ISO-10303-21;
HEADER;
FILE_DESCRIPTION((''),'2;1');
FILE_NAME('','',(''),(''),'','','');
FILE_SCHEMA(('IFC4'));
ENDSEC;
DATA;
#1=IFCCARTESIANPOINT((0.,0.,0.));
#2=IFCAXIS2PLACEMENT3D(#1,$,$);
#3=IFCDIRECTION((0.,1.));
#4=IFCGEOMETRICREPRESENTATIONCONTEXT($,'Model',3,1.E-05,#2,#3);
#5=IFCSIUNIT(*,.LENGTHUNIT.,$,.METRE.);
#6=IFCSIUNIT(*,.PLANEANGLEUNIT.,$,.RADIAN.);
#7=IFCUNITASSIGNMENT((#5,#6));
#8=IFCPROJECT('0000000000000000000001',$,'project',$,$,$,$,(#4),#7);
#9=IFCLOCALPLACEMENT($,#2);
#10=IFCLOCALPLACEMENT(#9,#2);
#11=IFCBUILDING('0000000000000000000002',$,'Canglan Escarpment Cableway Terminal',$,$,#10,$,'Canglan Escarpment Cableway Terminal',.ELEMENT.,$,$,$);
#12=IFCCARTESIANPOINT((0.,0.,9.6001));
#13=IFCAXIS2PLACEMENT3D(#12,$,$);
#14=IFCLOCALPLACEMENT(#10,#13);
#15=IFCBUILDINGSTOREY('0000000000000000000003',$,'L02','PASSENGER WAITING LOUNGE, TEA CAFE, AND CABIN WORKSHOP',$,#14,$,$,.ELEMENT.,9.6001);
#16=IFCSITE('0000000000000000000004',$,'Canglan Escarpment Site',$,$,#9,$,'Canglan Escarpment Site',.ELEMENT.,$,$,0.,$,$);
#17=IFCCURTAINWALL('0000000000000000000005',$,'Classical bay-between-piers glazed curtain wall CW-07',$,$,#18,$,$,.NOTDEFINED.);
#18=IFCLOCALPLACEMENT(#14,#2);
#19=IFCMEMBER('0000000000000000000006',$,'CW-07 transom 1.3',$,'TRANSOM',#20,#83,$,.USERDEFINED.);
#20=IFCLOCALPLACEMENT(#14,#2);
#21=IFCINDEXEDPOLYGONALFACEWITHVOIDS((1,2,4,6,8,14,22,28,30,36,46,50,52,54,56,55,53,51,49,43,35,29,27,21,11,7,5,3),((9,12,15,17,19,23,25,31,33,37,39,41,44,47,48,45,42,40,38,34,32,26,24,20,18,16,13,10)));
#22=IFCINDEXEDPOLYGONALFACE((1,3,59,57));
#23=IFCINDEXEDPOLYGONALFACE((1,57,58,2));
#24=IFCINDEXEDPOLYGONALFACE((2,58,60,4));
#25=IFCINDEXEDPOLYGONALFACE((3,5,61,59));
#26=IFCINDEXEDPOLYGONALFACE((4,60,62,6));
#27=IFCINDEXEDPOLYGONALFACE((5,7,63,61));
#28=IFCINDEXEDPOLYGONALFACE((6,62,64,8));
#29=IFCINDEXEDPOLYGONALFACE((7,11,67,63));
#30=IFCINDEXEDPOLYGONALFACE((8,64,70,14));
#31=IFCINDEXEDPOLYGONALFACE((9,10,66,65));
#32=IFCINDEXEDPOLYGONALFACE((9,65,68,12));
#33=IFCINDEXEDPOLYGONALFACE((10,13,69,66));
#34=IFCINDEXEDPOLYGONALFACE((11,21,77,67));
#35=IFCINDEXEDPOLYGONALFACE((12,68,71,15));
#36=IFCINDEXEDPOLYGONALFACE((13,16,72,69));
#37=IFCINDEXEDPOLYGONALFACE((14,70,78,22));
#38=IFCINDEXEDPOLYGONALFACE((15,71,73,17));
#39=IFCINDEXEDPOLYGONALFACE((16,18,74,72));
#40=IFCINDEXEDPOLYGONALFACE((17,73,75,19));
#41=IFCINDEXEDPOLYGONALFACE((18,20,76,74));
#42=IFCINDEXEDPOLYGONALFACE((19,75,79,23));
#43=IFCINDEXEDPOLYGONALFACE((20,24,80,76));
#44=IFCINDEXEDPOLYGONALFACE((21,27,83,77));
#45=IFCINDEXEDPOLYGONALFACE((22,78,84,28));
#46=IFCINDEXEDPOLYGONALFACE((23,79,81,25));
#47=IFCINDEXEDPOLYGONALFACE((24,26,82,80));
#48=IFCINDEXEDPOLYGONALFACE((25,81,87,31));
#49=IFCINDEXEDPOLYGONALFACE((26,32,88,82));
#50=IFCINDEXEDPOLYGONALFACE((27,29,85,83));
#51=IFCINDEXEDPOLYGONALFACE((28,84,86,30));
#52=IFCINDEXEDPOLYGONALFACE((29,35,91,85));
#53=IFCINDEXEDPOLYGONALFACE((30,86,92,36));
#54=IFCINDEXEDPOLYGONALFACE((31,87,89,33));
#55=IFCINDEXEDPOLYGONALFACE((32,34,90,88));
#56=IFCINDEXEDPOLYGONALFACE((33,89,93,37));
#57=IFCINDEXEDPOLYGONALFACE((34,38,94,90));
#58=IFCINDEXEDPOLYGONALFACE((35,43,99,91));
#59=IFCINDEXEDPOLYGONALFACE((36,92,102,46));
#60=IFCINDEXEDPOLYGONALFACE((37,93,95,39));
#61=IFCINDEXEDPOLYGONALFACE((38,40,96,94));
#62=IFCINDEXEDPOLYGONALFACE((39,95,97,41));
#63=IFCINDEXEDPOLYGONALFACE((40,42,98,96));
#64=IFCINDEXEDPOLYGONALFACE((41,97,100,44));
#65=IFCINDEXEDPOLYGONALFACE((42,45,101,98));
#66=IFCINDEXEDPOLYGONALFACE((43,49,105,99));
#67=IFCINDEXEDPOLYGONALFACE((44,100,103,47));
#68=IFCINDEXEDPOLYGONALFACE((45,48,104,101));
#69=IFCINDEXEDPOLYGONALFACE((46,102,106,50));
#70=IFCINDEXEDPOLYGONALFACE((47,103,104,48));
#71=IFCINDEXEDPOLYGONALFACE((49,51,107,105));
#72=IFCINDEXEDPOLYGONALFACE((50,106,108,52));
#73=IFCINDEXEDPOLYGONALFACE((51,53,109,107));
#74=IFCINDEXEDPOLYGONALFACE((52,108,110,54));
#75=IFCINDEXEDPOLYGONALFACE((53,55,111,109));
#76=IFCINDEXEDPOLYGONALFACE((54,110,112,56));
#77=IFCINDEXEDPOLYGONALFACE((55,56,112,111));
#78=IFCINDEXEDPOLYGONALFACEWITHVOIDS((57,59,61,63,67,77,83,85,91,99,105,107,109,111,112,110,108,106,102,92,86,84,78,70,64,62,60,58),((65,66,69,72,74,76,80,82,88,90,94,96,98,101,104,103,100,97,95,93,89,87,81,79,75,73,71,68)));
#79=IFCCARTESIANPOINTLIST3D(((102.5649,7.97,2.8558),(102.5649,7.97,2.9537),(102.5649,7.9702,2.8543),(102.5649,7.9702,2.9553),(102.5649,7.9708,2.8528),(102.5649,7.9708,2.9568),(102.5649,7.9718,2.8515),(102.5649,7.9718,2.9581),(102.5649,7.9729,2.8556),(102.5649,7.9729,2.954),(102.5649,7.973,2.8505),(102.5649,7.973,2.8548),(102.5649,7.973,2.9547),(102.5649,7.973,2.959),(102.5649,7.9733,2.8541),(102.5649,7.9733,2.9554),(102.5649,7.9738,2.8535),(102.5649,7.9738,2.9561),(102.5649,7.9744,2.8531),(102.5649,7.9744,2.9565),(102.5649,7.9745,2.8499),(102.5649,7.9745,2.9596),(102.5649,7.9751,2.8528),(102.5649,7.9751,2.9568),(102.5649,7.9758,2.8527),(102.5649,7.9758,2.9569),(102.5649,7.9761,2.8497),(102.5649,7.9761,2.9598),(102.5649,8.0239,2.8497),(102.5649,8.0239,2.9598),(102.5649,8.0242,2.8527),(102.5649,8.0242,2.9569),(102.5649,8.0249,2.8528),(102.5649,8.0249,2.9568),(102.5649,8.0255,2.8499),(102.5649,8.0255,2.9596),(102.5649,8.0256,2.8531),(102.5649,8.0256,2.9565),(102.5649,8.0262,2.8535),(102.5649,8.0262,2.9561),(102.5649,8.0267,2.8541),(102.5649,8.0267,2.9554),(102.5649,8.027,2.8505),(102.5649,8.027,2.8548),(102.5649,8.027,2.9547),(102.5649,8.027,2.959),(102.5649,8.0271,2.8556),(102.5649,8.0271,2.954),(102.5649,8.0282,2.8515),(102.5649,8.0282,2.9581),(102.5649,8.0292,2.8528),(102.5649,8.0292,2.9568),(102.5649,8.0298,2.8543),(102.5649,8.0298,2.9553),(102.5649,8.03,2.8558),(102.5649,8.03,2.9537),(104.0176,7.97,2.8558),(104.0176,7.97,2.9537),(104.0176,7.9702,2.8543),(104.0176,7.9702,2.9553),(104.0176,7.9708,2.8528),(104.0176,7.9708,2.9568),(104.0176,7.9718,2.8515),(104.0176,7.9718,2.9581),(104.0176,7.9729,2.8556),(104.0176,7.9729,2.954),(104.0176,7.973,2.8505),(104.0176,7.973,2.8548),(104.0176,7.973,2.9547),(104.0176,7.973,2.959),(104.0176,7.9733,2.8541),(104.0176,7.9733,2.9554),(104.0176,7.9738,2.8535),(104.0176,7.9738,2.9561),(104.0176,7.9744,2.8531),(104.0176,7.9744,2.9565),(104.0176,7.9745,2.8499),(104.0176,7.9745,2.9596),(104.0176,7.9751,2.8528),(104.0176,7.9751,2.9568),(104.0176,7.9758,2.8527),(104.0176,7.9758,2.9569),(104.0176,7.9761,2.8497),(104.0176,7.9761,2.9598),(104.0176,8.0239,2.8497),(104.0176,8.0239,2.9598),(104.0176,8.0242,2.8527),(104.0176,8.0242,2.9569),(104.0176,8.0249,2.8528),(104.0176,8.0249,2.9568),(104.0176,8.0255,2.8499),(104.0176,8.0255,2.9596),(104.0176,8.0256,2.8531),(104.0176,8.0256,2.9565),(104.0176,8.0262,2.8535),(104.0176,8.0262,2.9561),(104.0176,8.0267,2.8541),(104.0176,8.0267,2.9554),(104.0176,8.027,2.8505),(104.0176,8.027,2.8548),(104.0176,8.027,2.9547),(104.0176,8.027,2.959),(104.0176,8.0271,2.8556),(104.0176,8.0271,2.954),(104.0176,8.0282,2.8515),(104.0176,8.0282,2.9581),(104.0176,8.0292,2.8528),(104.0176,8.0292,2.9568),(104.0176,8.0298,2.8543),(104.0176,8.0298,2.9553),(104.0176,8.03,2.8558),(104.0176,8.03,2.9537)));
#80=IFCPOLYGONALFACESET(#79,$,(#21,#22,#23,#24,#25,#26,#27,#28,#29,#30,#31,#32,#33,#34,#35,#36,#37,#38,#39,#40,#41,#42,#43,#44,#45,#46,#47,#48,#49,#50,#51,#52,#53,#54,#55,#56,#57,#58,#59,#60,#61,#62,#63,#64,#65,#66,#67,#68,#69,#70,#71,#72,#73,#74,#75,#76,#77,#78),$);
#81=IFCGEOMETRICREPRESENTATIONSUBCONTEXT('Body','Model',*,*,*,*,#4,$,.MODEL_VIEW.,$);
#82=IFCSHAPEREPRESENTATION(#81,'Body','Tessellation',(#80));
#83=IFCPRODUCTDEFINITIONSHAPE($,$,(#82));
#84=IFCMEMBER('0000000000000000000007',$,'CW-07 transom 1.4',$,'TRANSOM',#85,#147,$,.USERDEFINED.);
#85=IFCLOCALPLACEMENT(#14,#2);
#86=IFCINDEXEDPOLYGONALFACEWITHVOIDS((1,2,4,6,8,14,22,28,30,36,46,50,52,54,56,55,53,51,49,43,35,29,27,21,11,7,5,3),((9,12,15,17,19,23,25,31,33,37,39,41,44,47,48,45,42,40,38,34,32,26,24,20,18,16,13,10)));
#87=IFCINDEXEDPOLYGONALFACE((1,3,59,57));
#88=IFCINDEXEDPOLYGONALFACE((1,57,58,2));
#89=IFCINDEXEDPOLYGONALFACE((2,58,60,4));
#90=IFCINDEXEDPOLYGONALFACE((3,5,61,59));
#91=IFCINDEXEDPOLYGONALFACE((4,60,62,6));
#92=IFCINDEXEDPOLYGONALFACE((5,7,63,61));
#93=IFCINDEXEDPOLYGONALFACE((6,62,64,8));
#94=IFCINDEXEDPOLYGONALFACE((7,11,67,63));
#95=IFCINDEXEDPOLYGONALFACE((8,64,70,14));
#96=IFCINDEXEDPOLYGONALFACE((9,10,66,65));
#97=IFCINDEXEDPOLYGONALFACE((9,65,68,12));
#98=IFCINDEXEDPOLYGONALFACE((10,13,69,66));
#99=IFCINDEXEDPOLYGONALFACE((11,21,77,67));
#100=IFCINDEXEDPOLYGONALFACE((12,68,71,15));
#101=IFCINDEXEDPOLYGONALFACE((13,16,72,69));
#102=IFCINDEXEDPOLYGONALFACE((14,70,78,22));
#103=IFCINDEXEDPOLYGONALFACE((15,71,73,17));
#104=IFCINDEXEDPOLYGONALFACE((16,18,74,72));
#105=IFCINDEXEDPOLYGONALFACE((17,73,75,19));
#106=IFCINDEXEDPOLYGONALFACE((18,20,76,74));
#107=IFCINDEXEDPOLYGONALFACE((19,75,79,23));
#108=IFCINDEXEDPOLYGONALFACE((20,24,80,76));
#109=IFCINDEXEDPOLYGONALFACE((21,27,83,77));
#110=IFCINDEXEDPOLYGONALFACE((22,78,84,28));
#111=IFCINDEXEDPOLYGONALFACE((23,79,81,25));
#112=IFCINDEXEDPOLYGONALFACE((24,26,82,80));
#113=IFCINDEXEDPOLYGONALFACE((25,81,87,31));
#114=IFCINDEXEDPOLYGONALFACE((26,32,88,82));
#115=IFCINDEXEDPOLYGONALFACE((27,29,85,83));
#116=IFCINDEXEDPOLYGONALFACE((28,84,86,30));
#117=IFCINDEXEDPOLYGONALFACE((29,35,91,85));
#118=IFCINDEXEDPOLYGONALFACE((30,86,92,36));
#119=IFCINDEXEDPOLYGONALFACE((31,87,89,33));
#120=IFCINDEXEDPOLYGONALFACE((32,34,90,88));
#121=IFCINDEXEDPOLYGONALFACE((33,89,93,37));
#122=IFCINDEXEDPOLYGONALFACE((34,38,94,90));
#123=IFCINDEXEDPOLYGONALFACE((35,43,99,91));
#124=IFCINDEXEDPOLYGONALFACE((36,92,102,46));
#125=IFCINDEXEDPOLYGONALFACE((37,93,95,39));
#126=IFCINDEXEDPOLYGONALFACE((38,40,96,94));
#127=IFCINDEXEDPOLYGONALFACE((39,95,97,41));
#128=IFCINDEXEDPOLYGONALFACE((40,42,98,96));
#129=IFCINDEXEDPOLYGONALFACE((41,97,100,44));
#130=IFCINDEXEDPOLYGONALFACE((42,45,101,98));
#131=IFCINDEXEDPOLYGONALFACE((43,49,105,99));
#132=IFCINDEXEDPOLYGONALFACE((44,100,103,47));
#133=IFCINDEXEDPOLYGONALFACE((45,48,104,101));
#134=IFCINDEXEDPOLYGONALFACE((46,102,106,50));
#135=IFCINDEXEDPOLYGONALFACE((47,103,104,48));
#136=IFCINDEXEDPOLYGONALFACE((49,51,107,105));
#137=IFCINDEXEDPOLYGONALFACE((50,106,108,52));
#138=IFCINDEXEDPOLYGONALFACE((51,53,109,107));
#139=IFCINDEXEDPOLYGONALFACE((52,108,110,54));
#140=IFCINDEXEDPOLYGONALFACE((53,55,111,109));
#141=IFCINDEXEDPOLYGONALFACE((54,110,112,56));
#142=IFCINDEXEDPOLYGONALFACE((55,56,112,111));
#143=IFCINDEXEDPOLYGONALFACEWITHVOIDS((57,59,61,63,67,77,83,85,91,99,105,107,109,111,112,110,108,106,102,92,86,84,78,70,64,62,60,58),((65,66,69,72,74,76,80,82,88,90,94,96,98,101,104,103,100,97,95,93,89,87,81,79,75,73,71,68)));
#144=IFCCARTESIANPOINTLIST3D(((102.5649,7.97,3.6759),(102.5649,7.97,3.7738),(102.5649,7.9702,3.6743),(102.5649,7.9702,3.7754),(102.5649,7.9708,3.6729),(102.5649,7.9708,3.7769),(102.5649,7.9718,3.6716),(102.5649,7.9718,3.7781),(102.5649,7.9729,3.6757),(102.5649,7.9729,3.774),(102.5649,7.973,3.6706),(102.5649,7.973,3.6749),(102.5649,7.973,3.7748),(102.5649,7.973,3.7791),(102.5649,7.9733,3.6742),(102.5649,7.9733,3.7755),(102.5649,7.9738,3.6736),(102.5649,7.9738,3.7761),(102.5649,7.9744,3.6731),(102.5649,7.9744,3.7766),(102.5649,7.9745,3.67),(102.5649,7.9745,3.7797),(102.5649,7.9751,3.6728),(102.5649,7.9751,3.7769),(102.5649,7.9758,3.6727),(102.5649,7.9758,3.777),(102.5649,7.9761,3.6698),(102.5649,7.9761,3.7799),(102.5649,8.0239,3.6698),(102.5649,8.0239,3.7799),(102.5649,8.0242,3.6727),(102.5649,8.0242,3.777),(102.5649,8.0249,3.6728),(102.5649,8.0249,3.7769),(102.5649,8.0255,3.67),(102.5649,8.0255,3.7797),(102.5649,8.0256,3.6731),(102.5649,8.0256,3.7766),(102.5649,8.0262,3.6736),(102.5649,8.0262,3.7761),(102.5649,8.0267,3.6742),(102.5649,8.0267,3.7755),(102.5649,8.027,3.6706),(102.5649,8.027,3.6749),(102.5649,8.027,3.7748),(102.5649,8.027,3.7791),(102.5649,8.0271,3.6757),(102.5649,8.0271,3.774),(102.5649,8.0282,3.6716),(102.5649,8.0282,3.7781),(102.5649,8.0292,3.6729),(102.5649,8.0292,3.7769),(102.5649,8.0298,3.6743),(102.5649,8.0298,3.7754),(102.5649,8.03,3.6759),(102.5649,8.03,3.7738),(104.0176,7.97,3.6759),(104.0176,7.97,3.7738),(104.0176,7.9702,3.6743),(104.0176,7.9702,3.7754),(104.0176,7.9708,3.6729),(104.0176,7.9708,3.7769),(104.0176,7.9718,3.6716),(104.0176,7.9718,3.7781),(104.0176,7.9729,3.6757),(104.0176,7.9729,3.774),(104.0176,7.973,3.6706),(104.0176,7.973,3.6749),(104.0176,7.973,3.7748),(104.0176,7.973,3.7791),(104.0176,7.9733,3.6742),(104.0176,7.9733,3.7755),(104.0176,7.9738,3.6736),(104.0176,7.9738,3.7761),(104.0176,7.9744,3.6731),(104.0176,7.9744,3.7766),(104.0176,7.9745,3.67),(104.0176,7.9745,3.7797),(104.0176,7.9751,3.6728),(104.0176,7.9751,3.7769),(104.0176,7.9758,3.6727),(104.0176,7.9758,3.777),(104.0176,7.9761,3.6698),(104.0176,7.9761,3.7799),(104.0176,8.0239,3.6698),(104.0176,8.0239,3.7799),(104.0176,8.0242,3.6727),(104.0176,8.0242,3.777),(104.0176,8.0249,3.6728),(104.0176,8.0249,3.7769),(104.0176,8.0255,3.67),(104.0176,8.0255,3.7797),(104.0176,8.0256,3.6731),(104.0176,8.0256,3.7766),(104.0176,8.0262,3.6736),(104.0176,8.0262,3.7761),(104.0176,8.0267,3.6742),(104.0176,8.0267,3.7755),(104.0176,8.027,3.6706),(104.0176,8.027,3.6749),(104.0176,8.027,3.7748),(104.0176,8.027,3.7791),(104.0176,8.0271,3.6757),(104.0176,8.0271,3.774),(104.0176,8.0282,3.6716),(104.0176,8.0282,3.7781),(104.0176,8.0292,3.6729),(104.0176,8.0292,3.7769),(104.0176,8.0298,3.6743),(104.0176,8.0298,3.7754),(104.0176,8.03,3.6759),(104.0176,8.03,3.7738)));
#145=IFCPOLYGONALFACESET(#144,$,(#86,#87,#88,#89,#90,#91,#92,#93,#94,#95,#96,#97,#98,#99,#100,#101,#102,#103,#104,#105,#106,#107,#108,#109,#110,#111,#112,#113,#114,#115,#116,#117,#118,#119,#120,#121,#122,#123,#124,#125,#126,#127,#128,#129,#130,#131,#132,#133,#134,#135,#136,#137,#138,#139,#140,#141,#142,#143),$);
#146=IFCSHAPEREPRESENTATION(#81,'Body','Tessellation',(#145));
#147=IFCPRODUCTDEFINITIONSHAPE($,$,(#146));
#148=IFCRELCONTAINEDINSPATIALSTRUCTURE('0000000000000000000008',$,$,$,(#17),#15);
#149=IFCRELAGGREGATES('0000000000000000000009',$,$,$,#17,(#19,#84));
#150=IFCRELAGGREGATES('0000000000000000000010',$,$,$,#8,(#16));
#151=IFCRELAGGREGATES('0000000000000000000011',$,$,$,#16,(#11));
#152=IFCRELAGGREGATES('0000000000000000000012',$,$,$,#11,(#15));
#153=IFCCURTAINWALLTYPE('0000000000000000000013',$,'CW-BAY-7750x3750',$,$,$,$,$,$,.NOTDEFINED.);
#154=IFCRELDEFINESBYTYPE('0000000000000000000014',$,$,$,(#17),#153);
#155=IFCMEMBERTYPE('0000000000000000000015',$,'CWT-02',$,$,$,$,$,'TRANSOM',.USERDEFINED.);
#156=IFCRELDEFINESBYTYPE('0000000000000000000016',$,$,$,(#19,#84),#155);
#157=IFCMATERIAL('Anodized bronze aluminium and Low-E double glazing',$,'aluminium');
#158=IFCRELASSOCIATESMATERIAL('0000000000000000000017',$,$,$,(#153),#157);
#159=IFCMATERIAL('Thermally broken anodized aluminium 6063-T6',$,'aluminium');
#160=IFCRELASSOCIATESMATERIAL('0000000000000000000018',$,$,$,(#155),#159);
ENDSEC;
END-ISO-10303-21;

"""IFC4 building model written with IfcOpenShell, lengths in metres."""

from ifc_helpers import new_model, si_unit, direction, frame, origin, origin_2d, place, context, subcontext, project, spatial, hollow_rectangle, extrude, material, material_profile, profile_set, type_object, element, aggregate, save


model = new_model("IFC4")

# Units and contexts
model_context = context("Model", 3, precision=1e-05, world=origin(), true_north=direction((0.0, 1.0)))
body_context = subcontext(model_context, "Body", "Model", "MODEL_VIEW")
ifc_project = project(units=[si_unit("LENGTHUNIT", "METRE"), si_unit("PLANEANGLEUNIT", "RADIAN")], contexts=[model_context])

# Site, building, storey
site_placement = place(None, origin())
site = spatial("IfcSite", under=ifc_project, at=site_placement, Name="Canglan Escarpment Site", LongName="Canglan Escarpment Site", CompositionType="ELEMENT", RefElevation=0.0)
building_placement = place(site_placement, origin())
building = spatial("IfcBuilding", under=site, at=building_placement, Name="Canglan Escarpment Cableway Terminal", LongName="Canglan Escarpment Cableway Terminal", CompositionType="ELEMENT")
storey_placement = place(building_placement, frame((0.0, 0.0, 9.6001)))
storey = spatial("IfcBuildingStorey", under=building, at=storey_placement, Name="L02", Description="PASSENGER WAITING LOUNGE, TEA CAFE, AND CABIN WORKSHOP", CompositionType="ELEMENT", Elevation=9.6001)

# Curtain wall, members
ifc_material_1 = material(Name="Anodized bronze aluminium and Low-E double glazing", Category="aluminium")
curtain_wall_type = type_object("IfcCurtainWallType", Name="CW-BAY-7750x3750", PredefinedType="NOTDEFINED", material=ifc_material_1)
curtain_wall_placement = place(storey_placement, origin())
curtain_wall = element("IfcCurtainWall", 1, at=curtain_wall_placement, inside=storey, type_object=curtain_wall_type, Name="Classical bay-between-piers glazed curtain wall CW-07", PredefinedType="NOTDEFINED")
ifc_material_2 = material(Name="Thermally broken anodized aluminium 6063-T6", Category="aluminium")
ifc_material_profile_1 = material_profile(ifc_material_2, hollow_rectangle(XDim=0.0601, YDim=0.1101, WallThickness=0.0029, InnerFilletRadius=0.0029, OuterFilletRadius=0.0061, at=origin_2d()), Name="ALU-TRAN 60x110x3")
ifc_profile_set_1 = profile_set([ifc_material_profile_1], Name="Thermally broken anodized aluminium 6063-T6")
member_type_1 = type_object("IfcMemberType", Name="CWT-02", ElementType="TRANSOM", PredefinedType="USERDEFINED", material=ifc_profile_set_1)
member_1_placement = place(storey_placement, frame((102.5649, 8.0, 2.9048), z_axis=(1.0, 0.0, 0.0), x_axis=(0.0, 1.0, 0.0)))
member_1 = element("IfcMember", 2, at=member_1_placement, type_object=member_type_1, Name="CW-07 transom 1.3", ObjectType="TRANSOM", PredefinedType="USERDEFINED", context=body_context, shape_type="SweptSolid", body=[
    extrude(hollow_rectangle(XDim=0.0601, YDim=0.1101, WallThickness=0.0029, InnerFilletRadius=0.0029, OuterFilletRadius=0.0061, at=origin_2d()), origin(), (0.0, 0.0, 1.0), 1.4526),
])
member_2_placement = place(storey_placement, frame((102.5649, 8.0, 3.7249), z_axis=(1.0, 0.0, 0.0), x_axis=(0.0, 1.0, 0.0)))
member_2 = element("IfcMember", 3, at=member_2_placement, type_object=member_type_1, Name="CW-07 transom 1.4", ObjectType="TRANSOM", PredefinedType="USERDEFINED", context=body_context, shape_type="SweptSolid", body=[
    extrude(hollow_rectangle(XDim=0.0601, YDim=0.1101, WallThickness=0.0029, InnerFilletRadius=0.0029, OuterFilletRadius=0.0061, at=origin_2d()), origin(), (0.0, 0.0, 1.0), 1.4526),
])

aggregate(curtain_wall, [member_1, member_2])

save(model, "model.ifc")
